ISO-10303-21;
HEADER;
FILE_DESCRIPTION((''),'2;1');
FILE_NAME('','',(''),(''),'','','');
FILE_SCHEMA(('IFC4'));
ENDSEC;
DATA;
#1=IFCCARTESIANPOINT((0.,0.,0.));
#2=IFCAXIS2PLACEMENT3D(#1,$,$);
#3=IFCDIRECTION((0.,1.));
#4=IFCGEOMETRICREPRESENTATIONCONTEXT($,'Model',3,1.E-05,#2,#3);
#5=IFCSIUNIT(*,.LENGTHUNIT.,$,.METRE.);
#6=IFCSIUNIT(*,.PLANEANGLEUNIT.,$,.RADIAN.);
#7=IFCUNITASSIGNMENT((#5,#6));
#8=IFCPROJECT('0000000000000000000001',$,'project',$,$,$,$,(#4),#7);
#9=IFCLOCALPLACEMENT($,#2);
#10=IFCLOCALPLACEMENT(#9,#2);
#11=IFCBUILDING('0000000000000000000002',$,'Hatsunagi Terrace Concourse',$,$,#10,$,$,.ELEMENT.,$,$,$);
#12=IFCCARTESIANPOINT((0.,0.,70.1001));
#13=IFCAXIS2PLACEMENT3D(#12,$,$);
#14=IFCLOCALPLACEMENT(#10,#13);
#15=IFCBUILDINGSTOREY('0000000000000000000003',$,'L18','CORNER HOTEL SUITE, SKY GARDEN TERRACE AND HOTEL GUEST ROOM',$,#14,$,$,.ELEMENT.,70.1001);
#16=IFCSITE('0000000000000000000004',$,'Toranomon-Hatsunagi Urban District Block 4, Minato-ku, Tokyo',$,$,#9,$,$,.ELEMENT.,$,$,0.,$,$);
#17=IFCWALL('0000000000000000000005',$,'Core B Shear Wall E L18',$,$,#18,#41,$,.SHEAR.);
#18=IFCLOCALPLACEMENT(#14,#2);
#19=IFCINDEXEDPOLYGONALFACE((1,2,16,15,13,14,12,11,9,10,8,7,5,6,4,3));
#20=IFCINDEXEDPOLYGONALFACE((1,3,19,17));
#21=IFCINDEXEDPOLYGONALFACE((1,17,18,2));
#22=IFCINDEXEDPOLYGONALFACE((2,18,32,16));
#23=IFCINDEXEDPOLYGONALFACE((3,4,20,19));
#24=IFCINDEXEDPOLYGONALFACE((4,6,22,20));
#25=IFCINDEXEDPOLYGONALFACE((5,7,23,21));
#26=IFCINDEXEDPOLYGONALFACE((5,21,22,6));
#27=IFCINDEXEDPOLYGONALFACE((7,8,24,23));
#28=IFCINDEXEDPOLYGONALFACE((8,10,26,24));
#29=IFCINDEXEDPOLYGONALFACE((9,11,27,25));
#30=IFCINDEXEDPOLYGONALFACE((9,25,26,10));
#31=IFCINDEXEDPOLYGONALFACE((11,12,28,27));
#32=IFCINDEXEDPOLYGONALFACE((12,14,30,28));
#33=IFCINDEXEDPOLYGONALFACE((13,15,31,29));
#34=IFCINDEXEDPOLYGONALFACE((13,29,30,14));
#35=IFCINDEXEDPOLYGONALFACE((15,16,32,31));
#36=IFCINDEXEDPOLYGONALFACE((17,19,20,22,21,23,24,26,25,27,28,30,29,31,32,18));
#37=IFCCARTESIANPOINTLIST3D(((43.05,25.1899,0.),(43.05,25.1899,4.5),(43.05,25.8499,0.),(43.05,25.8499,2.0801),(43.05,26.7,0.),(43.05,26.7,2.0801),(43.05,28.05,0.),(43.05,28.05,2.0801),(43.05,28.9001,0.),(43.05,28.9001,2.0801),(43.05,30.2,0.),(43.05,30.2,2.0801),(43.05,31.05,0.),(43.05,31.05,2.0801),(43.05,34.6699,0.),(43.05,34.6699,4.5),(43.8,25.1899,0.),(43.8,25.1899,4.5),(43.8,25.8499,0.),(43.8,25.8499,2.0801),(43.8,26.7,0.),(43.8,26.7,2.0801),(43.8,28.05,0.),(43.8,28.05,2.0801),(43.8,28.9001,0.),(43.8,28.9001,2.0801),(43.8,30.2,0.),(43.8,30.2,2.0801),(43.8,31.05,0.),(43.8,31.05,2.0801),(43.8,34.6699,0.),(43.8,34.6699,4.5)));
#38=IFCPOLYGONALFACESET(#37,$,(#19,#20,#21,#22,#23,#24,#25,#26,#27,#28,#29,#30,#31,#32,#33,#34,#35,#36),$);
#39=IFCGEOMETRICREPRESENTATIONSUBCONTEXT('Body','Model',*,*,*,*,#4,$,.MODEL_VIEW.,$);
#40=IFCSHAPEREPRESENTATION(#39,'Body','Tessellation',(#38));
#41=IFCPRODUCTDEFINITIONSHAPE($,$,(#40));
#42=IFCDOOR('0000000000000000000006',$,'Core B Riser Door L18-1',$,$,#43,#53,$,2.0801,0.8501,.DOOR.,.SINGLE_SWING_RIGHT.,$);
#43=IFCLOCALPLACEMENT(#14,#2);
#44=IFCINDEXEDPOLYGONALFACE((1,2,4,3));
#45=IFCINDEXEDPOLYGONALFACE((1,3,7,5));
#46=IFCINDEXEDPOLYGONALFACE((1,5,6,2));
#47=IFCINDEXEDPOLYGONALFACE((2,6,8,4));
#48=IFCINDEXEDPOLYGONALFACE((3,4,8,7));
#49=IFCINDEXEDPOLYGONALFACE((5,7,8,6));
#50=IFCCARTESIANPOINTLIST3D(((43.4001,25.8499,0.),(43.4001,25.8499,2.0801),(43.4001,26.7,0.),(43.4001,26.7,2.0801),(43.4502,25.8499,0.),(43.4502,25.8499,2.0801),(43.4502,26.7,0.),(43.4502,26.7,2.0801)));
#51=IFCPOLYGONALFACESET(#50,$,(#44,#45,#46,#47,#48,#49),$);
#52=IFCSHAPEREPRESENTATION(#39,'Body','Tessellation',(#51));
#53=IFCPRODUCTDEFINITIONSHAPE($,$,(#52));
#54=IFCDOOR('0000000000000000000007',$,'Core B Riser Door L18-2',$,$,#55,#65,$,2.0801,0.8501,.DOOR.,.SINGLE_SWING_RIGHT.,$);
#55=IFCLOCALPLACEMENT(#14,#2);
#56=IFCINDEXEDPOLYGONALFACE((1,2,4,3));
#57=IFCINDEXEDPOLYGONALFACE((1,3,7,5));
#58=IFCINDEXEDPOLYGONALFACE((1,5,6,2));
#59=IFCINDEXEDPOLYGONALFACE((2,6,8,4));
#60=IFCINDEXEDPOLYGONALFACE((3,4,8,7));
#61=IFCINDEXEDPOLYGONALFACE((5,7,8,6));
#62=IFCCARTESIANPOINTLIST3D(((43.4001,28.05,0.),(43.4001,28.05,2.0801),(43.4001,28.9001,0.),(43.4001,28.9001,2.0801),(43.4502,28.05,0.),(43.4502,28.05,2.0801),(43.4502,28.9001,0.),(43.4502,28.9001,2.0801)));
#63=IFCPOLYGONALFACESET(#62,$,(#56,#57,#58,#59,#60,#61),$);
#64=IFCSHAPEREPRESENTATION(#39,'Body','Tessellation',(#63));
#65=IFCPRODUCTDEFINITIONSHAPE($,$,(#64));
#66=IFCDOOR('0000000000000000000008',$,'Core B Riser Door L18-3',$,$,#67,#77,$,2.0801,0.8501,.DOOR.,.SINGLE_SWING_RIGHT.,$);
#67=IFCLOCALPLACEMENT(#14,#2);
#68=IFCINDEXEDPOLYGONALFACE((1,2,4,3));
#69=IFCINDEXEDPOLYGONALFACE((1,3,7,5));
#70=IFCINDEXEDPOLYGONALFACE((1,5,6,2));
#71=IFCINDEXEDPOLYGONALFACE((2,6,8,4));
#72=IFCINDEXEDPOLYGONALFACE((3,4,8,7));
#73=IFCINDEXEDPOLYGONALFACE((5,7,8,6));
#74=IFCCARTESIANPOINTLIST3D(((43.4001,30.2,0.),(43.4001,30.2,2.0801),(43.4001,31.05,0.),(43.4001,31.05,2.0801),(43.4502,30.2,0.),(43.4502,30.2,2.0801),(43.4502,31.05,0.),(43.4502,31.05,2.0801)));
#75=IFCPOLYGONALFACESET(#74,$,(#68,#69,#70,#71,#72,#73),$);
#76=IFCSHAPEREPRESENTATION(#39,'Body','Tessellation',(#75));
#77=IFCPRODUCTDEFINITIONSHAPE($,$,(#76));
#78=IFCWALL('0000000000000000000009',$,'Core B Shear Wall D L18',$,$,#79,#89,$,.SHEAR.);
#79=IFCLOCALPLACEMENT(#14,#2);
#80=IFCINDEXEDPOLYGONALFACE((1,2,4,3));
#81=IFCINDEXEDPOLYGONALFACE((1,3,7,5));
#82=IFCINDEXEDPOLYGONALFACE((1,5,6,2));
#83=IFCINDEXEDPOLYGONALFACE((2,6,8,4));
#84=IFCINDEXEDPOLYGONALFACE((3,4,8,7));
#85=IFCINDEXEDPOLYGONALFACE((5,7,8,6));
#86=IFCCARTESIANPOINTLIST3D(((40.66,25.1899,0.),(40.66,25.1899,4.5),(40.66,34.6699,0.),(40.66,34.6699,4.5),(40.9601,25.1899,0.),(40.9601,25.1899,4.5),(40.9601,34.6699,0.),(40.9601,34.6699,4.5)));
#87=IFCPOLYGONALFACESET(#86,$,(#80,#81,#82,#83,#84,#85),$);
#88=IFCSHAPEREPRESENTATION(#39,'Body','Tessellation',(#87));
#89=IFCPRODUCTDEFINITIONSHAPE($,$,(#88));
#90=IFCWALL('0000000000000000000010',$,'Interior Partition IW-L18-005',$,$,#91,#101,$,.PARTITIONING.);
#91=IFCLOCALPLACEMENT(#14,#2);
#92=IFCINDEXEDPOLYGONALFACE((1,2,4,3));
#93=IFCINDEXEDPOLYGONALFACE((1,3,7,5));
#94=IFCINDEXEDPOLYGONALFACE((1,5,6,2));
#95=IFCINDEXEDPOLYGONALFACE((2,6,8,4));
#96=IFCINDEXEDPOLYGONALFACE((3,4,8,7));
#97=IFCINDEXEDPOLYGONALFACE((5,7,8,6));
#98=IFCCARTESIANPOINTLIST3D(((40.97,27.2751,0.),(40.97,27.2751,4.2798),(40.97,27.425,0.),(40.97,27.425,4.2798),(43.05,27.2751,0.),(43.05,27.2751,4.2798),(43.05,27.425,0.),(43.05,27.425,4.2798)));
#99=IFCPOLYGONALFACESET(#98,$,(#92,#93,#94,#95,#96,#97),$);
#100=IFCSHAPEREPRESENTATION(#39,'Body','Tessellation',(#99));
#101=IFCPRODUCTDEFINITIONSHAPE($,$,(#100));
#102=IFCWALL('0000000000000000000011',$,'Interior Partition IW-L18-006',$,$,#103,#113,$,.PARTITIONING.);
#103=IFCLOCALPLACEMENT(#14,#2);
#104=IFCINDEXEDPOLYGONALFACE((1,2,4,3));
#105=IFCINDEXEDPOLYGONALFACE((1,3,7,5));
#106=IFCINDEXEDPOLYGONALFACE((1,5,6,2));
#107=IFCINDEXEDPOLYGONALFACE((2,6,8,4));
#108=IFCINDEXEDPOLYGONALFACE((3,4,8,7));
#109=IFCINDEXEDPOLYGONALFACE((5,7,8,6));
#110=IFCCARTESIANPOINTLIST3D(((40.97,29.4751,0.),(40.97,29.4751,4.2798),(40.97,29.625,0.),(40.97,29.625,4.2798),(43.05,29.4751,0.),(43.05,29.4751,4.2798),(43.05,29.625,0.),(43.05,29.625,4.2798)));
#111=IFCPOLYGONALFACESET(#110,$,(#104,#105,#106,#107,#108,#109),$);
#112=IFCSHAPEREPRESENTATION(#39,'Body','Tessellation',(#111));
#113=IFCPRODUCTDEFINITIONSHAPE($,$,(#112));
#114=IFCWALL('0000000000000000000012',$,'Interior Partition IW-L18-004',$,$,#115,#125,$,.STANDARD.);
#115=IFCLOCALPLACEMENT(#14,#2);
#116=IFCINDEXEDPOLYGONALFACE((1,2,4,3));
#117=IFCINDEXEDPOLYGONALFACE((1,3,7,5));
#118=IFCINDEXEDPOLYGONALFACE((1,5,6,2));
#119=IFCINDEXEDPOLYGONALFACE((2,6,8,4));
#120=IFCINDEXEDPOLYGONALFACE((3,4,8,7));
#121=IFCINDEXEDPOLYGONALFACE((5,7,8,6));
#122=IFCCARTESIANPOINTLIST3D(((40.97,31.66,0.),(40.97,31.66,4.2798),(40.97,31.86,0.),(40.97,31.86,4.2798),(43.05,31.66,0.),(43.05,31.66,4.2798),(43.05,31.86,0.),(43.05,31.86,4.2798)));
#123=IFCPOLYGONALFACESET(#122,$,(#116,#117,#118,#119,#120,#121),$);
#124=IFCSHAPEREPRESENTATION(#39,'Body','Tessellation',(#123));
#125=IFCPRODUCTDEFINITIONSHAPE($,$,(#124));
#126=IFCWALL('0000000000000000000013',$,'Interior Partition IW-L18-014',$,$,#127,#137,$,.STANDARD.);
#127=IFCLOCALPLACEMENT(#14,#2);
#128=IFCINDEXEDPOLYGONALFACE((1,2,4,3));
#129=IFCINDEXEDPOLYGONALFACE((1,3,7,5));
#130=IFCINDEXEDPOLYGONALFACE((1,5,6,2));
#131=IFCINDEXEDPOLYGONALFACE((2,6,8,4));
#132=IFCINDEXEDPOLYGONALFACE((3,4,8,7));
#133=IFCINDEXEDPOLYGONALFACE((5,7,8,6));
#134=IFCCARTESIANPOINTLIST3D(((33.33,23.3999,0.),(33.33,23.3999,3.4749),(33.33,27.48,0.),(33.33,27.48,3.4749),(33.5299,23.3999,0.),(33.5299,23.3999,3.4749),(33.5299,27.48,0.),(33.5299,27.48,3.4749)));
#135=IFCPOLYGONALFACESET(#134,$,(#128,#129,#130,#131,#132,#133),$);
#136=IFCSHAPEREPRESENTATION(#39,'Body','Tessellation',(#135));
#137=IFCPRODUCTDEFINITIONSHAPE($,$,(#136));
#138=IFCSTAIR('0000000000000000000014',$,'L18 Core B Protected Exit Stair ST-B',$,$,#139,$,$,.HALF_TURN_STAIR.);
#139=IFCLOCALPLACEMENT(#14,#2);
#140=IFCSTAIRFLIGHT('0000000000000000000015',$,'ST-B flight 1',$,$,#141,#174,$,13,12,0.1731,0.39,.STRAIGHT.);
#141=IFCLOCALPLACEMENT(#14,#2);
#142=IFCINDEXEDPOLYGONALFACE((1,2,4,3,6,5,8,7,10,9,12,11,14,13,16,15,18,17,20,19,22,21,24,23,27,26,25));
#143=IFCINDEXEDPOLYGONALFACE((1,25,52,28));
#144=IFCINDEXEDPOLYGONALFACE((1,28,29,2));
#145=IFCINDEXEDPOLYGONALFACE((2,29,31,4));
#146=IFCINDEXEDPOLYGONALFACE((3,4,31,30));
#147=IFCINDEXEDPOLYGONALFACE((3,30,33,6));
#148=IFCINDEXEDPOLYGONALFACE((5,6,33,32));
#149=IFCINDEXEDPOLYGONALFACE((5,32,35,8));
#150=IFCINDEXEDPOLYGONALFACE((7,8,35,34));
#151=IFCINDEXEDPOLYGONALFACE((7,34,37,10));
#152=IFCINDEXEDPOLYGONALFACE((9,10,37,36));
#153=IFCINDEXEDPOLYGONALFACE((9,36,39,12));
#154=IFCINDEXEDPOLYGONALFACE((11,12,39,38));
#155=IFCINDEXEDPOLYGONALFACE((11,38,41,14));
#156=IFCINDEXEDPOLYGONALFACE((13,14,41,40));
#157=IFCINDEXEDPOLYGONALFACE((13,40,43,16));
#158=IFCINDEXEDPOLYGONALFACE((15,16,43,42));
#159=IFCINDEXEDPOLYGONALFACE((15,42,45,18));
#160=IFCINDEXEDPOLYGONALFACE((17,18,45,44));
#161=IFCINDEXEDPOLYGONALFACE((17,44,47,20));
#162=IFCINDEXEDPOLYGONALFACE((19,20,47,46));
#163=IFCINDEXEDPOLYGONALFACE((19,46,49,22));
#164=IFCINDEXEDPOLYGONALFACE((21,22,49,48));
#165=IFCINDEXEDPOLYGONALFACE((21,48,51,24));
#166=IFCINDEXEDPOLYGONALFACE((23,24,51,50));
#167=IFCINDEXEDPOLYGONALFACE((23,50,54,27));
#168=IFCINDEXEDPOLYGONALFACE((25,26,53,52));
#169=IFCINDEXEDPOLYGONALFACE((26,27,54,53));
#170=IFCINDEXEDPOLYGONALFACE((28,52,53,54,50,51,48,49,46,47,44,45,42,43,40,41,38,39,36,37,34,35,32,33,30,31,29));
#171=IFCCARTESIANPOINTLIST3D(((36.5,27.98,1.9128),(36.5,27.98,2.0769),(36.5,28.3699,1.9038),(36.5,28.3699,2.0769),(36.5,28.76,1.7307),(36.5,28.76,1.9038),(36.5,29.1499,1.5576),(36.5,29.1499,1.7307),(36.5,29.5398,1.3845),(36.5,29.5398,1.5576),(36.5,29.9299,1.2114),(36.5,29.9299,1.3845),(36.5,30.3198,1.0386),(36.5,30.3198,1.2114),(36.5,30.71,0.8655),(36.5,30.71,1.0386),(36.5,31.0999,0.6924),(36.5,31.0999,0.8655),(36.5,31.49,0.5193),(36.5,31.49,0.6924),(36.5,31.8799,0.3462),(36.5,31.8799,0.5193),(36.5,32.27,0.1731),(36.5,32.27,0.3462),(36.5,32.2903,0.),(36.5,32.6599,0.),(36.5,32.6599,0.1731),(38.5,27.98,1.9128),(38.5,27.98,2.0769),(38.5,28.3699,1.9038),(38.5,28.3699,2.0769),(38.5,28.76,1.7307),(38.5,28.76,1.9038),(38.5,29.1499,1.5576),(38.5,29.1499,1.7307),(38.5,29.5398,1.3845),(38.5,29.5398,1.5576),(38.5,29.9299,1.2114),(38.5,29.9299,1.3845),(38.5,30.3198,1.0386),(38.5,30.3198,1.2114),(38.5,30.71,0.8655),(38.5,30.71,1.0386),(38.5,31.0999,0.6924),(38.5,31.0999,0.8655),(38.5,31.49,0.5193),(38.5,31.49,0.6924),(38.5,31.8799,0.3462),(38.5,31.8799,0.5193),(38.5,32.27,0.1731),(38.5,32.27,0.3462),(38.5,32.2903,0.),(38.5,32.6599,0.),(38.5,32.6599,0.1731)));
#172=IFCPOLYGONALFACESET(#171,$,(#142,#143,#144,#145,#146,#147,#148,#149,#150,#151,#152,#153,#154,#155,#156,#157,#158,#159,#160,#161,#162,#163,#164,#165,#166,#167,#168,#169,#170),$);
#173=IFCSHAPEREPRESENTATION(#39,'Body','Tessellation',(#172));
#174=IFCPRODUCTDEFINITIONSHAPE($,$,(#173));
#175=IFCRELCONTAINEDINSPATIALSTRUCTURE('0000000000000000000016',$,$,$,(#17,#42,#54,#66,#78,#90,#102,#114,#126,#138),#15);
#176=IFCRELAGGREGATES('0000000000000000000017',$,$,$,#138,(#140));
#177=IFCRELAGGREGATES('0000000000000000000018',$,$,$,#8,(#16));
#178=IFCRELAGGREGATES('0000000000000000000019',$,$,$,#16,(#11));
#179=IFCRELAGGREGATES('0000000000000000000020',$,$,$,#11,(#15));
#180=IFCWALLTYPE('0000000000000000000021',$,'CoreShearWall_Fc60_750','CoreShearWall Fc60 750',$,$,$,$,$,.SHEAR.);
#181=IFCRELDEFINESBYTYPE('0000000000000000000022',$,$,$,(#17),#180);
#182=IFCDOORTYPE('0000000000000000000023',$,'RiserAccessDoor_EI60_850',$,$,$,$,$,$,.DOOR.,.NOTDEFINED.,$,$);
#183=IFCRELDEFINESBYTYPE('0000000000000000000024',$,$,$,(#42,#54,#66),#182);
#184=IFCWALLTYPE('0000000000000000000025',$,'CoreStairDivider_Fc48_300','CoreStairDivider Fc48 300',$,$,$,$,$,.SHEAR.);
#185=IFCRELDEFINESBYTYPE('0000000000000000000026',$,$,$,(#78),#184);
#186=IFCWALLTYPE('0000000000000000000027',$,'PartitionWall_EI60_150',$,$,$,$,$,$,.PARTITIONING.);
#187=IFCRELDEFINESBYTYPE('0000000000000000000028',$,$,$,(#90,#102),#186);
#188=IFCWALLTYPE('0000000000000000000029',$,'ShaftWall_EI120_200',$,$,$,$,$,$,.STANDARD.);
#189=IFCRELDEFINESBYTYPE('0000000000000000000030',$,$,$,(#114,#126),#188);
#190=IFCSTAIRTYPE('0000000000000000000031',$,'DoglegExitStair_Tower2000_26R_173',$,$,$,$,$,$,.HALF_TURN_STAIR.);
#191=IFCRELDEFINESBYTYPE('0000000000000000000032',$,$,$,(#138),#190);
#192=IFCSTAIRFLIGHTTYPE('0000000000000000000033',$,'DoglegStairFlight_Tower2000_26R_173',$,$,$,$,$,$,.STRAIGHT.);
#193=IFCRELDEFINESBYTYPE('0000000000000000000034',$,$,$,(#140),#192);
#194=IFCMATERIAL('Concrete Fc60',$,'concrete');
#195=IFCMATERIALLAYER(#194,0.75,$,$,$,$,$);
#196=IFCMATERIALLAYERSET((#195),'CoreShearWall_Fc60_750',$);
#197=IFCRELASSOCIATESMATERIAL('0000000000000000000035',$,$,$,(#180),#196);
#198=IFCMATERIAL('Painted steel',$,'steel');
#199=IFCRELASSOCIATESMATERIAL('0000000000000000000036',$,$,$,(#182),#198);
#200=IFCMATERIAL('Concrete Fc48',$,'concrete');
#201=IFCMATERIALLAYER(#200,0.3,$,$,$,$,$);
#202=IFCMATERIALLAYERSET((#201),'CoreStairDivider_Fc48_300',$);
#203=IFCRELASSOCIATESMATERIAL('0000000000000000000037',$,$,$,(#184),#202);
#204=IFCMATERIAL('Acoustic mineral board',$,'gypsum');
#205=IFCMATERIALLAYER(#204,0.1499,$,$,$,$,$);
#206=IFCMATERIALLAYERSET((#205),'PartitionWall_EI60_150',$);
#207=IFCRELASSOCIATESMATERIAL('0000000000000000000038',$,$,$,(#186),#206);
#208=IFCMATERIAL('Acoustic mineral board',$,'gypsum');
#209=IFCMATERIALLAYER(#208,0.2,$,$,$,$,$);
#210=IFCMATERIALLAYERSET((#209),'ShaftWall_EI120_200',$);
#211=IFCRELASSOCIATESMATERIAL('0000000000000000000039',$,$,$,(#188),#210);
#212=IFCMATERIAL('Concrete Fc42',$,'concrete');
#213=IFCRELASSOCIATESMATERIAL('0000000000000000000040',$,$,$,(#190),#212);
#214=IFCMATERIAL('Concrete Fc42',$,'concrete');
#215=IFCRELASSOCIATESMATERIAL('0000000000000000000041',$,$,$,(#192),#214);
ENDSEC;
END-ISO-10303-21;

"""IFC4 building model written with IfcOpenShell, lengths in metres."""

from ifc_helpers import new_model, si_unit, direction, frame, frame_2d, origin, place, context, subcontext, project, spatial, polyline, rectangle, outline, extrude, material, layer, layer_set, type_object, element, fill, aggregate, save


model = new_model("IFC4")

# Units and contexts
model_context = context("Model", 3, precision=1e-05, world=origin(), true_north=direction((0.0, 1.0)))
body_context = subcontext(model_context, "Body", "Model", "MODEL_VIEW")
ifc_project = project(units=[si_unit("LENGTHUNIT", "METRE"), si_unit("PLANEANGLEUNIT", "RADIAN")], contexts=[model_context])

# Site, building, storey
site_placement = place(None, origin())
site = spatial("IfcSite", under=ifc_project, at=site_placement, Name="Toranomon-Hatsunagi Urban District Block 4, Minato-ku, Tokyo", CompositionType="ELEMENT", RefElevation=0.0)
building_placement = place(site_placement, origin())
building = spatial("IfcBuilding", under=site, at=building_placement, Name="Hatsunagi Terrace Concourse", CompositionType="ELEMENT")
storey_placement = place(building_placement, frame((0.0, 0.0, 70.1001)))
storey = spatial("IfcBuildingStorey", under=building, at=storey_placement, Name="L18", Description="CORNER HOTEL SUITE, SKY GARDEN TERRACE AND HOTEL GUEST ROOM", CompositionType="ELEMENT", Elevation=70.1001)

# Shared definitions
ifc_material_1 = material(Name="Concrete Fc60", Category="concrete")
ifc_layer_1 = layer(ifc_material_1, 0.75)
ifc_layer_set_1 = layer_set([ifc_layer_1], Name="CoreShearWall_Fc60_750")
wall_type_1 = type_object("IfcWallType", Name="CoreShearWall_Fc60_750", Description="CoreShearWall Fc60 750", PredefinedType="SHEAR", material=ifc_layer_set_1)

# Wall, openings, doors
wall_1_placement = place(storey_placement, frame((43.425, 25.1899, 0.0), z_axis=(0.0, 0.0, 1.0), x_axis=(0.0, 1.0, 0.0)))
wall_1 = element("IfcWall", 1, at=wall_1_placement, inside=storey, type_object=wall_type_1, Name="Core B Shear Wall E L18", PredefinedType="SHEAR", context=body_context, shape_type="SweptSolid", body=[
    extrude(rectangle(XDim=9.48, YDim=0.75, at=frame_2d((4.74, 0.0))), origin(), (0.0, 0.0, 1.0), 4.5),
])
opening_1_placement = place(wall_1_placement, frame((0.6599, 0.0, 0.0)))
opening_1 = element("IfcOpeningElement", 2, at=opening_1_placement, cuts=wall_1, PredefinedType="OPENING", context=body_context, shape_type="SweptSolid", body=[
    extrude(rectangle(XDim=0.8501, YDim=2.0801, at=frame_2d((0.425, 1.04))), frame((0.0, 0.385, 0.0), z_axis=(0.0, -1.0, 0.0), x_axis=(1.0, 0.0, 0.0)), (0.0, 0.0, 1.0), 0.77),
])
opening_2_placement = place(wall_1_placement, frame((2.8601, 0.0, 0.0)))
opening_2 = element("IfcOpeningElement", 3, at=opening_2_placement, cuts=wall_1, PredefinedType="OPENING", context=body_context, shape_type="SweptSolid", body=[
    extrude(rectangle(XDim=0.8501, YDim=2.0801, at=frame_2d((0.425, 1.04))), frame((0.0, 0.385, 0.0), z_axis=(0.0, -1.0, 0.0), x_axis=(1.0, 0.0, 0.0)), (0.0, 0.0, 1.0), 0.77),
])
opening_3_placement = place(wall_1_placement, frame((5.01, 0.0, 0.0)))
opening_3 = element("IfcOpeningElement", 4, at=opening_3_placement, cuts=wall_1, PredefinedType="OPENING", context=body_context, shape_type="SweptSolid", body=[
    extrude(rectangle(XDim=0.8501, YDim=2.0801, at=frame_2d((0.425, 1.04))), frame((0.0, 0.385, 0.0), z_axis=(0.0, -1.0, 0.0), x_axis=(1.0, 0.0, 0.0)), (0.0, 0.0, 1.0), 0.77),
])
ifc_material_2 = material(Name="Painted steel", Category="steel")
door_type_1 = type_object("IfcDoorType", Name="RiserAccessDoor_EI60_850", OperationType="NOTDEFINED", PredefinedType="DOOR", material=ifc_material_2)
door_1_placement = place(opening_1_placement, origin())
door_1 = element("IfcDoor", 5, at=door_1_placement, inside=storey, type_object=door_type_1, Name="Core B Riser Door L18-1", OperationType="SINGLE_SWING_RIGHT", OverallHeight=2.0801, OverallWidth=0.8501, PredefinedType="DOOR", context=body_context, shape_type="SweptSolid", body=[
    extrude(rectangle(XDim=0.8501, YDim=2.0801, at=frame_2d((0.425, 1.04))), frame((0.0, 0.0249, 0.0), z_axis=(0.0, -1.0, 0.0), x_axis=(1.0, 0.0, 0.0)), (0.0, 0.0, 1.0), 0.05),
])
fill(opening_1, door_1)
door_2_placement = place(opening_2_placement, origin())
door_2 = element("IfcDoor", 6, at=door_2_placement, inside=storey, type_object=door_type_1, Name="Core B Riser Door L18-2", OperationType="SINGLE_SWING_RIGHT", OverallHeight=2.0801, OverallWidth=0.8501, PredefinedType="DOOR", context=body_context, shape_type="SweptSolid", body=[
    extrude(rectangle(XDim=0.8501, YDim=2.0801, at=frame_2d((0.425, 1.04))), frame((0.0, 0.0249, 0.0), z_axis=(0.0, -1.0, 0.0), x_axis=(1.0, 0.0, 0.0)), (0.0, 0.0, 1.0), 0.05),
])
fill(opening_2, door_2)
door_3_placement = place(opening_3_placement, origin())
door_3 = element("IfcDoor", 7, at=door_3_placement, inside=storey, type_object=door_type_1, Name="Core B Riser Door L18-3", OperationType="SINGLE_SWING_RIGHT", OverallHeight=2.0801, OverallWidth=0.8501, PredefinedType="DOOR", context=body_context, shape_type="SweptSolid", body=[
    extrude(rectangle(XDim=0.8501, YDim=2.0801, at=frame_2d((0.425, 1.04))), frame((0.0, 0.0249, 0.0), z_axis=(0.0, -1.0, 0.0), x_axis=(1.0, 0.0, 0.0)), (0.0, 0.0, 1.0), 0.05),
])
fill(opening_3, door_3)

# Walls
ifc_material_3 = material(Name="Concrete Fc48", Category="concrete")
ifc_layer_2 = layer(ifc_material_3, 0.3)
ifc_layer_set_2 = layer_set([ifc_layer_2], Name="CoreStairDivider_Fc48_300")
wall_type_2 = type_object("IfcWallType", Name="CoreStairDivider_Fc48_300", Description="CoreStairDivider Fc48 300", PredefinedType="SHEAR", material=ifc_layer_set_2)
wall_2_placement = place(storey_placement, frame((40.8101, 25.1899, 0.0), z_axis=(0.0, 0.0, 1.0), x_axis=(0.0, 1.0, 0.0)))
element("IfcWall", 8, at=wall_2_placement, inside=storey, type_object=wall_type_2, Name="Core B Shear Wall D L18", PredefinedType="SHEAR", context=body_context, shape_type="SweptSolid", body=[
    extrude(rectangle(XDim=9.48, YDim=0.3, at=frame_2d((4.74, 0.0))), origin(), (0.0, 0.0, 1.0), 4.5),
])
ifc_material_4 = material(Name="Acoustic mineral board", Category="gypsum")
ifc_layer_3 = layer(ifc_material_4, 0.1499)
ifc_layer_set_3 = layer_set([ifc_layer_3], Name="PartitionWall_EI60_150")
wall_type_3 = type_object("IfcWallType", Name="PartitionWall_EI60_150", PredefinedType="PARTITIONING", material=ifc_layer_set_3)
for number, where, z_axis, x_axis, name in (
    (9, (40.97, 27.3501, 0.0), (0.0, 0.0, 1.0), (1.0, 0.0, 0.0), "Interior Partition IW-L18-005"),
    (10, (40.97, 29.55, 0.0), (0.0, 0.0, 1.0), (1.0, 0.0, 0.0), "Interior Partition IW-L18-006"),
):
    element("IfcWall", number, at=place(storey_placement, frame(where, z_axis=z_axis, x_axis=x_axis)), inside=storey, type_object=wall_type_3, Name=name, PredefinedType="PARTITIONING", context=body_context, shape_type="SweptSolid", body=[
        extrude(rectangle(XDim=2.0801, YDim=0.1499, at=frame_2d((1.04, 0.0))), origin(), (0.0, 0.0, 1.0), 4.2798),
    ])

# Walls
ifc_material_5 = material(Name="Acoustic mineral board", Category="gypsum")
ifc_layer_4 = layer(ifc_material_5, 0.2)
ifc_layer_set_4 = layer_set([ifc_layer_4], Name="ShaftWall_EI120_200")
wall_type_4 = type_object("IfcWallType", Name="ShaftWall_EI120_200", PredefinedType="STANDARD", material=ifc_layer_set_4)
wall_3_placement = place(storey_placement, frame((40.97, 31.76, 0.0), z_axis=(0.0, 0.0, 1.0), x_axis=(1.0, 0.0, 0.0)))
element("IfcWall", 11, at=wall_3_placement, inside=storey, type_object=wall_type_4, Name="Interior Partition IW-L18-004", PredefinedType="STANDARD", context=body_context, shape_type="SweptSolid", body=[
    extrude(rectangle(XDim=2.0801, YDim=0.2, at=frame_2d((1.04, 0.0))), origin(), (0.0, 0.0, 1.0), 4.2798),
])
wall_4_placement = place(storey_placement, frame((33.4299, 23.3999, 0.0), z_axis=(0.0, 0.0, 1.0), x_axis=(0.0, 1.0, 0.0)))
element("IfcWall", 12, at=wall_4_placement, inside=storey, type_object=wall_type_4, Name="Interior Partition IW-L18-014", PredefinedType="STANDARD", context=body_context, shape_type="SweptSolid", body=[
    extrude(rectangle(XDim=4.0801, YDim=0.2, at=frame_2d((2.04, 0.0))), origin(), (0.0, 0.0, 1.0), 3.4749),
])

# Stair, stair flight
ifc_material_6 = material(Name="Concrete Fc42", Category="concrete")
stair_type = type_object("IfcStairType", Name="DoglegExitStair_Tower2000_26R_173", PredefinedType="HALF_TURN_STAIR", material=ifc_material_6)
stair_placement = place(storey_placement, origin())
stair = element("IfcStair", 13, at=stair_placement, inside=storey, type_object=stair_type, Name="L18 Core B Protected Exit Stair ST-B", PredefinedType="HALF_TURN_STAIR")
ifc_material_7 = material(Name="Concrete Fc42", Category="concrete")
stair_flight_type = type_object("IfcStairFlightType", Name="DoglegStairFlight_Tower2000_26R_173", PredefinedType="STRAIGHT", material=ifc_material_7)
stair_flight_1_placement = place(storey_placement, frame((37.5, 32.6599, 0.0), z_axis=(0.0, 0.0, 1.0), x_axis=(0.0, -1.0, 0.0)))
stair_flight_1 = element("IfcStairFlight", 14, at=stair_flight_1_placement, type_object=stair_flight_type, Name="ST-B flight 1", NumberOfRisers=13, NumberOfTreads=12, PredefinedType="STRAIGHT", RiserHeight=0.1731, TreadLength=0.39, context=body_context, shape_type="SweptSolid", body=[
    extrude(outline(polyline([(0.0, 0.0), (0.0, 0.1731), (0.3899, 0.1731), (0.3899, 0.3462), (0.78, 0.3462), (0.78, 0.5193), (1.1699, 0.5193), (1.1699, 0.6924), (1.5601, 0.6924), (1.5601, 0.8655), (1.95, 0.8655), (1.95, 1.0386), (2.3401, 1.0386), (2.3401, 1.2114), (2.73, 1.2114), (2.73, 1.3845), (3.1201, 1.3845), (3.1201, 1.5576), (3.51, 1.5576), (3.51, 1.7307), (3.8999, 1.7307), (3.8999, 1.9038), (4.29, 1.9038), (4.29, 2.0769), (4.6799, 2.0769), (4.6799, 2.25), (4.6799, 1.9128), (0.3696, 0.0), (0.0, 0.0)])), frame((0.0, 1.0, 0.0), z_axis=(0.0, -1.0, 0.0), x_axis=(1.0, 0.0, 0.0)), (0.0, 0.0, 1.0), 2.0),
])
aggregate(stair, [stair_flight_1])

save(model, "model.ifc")
